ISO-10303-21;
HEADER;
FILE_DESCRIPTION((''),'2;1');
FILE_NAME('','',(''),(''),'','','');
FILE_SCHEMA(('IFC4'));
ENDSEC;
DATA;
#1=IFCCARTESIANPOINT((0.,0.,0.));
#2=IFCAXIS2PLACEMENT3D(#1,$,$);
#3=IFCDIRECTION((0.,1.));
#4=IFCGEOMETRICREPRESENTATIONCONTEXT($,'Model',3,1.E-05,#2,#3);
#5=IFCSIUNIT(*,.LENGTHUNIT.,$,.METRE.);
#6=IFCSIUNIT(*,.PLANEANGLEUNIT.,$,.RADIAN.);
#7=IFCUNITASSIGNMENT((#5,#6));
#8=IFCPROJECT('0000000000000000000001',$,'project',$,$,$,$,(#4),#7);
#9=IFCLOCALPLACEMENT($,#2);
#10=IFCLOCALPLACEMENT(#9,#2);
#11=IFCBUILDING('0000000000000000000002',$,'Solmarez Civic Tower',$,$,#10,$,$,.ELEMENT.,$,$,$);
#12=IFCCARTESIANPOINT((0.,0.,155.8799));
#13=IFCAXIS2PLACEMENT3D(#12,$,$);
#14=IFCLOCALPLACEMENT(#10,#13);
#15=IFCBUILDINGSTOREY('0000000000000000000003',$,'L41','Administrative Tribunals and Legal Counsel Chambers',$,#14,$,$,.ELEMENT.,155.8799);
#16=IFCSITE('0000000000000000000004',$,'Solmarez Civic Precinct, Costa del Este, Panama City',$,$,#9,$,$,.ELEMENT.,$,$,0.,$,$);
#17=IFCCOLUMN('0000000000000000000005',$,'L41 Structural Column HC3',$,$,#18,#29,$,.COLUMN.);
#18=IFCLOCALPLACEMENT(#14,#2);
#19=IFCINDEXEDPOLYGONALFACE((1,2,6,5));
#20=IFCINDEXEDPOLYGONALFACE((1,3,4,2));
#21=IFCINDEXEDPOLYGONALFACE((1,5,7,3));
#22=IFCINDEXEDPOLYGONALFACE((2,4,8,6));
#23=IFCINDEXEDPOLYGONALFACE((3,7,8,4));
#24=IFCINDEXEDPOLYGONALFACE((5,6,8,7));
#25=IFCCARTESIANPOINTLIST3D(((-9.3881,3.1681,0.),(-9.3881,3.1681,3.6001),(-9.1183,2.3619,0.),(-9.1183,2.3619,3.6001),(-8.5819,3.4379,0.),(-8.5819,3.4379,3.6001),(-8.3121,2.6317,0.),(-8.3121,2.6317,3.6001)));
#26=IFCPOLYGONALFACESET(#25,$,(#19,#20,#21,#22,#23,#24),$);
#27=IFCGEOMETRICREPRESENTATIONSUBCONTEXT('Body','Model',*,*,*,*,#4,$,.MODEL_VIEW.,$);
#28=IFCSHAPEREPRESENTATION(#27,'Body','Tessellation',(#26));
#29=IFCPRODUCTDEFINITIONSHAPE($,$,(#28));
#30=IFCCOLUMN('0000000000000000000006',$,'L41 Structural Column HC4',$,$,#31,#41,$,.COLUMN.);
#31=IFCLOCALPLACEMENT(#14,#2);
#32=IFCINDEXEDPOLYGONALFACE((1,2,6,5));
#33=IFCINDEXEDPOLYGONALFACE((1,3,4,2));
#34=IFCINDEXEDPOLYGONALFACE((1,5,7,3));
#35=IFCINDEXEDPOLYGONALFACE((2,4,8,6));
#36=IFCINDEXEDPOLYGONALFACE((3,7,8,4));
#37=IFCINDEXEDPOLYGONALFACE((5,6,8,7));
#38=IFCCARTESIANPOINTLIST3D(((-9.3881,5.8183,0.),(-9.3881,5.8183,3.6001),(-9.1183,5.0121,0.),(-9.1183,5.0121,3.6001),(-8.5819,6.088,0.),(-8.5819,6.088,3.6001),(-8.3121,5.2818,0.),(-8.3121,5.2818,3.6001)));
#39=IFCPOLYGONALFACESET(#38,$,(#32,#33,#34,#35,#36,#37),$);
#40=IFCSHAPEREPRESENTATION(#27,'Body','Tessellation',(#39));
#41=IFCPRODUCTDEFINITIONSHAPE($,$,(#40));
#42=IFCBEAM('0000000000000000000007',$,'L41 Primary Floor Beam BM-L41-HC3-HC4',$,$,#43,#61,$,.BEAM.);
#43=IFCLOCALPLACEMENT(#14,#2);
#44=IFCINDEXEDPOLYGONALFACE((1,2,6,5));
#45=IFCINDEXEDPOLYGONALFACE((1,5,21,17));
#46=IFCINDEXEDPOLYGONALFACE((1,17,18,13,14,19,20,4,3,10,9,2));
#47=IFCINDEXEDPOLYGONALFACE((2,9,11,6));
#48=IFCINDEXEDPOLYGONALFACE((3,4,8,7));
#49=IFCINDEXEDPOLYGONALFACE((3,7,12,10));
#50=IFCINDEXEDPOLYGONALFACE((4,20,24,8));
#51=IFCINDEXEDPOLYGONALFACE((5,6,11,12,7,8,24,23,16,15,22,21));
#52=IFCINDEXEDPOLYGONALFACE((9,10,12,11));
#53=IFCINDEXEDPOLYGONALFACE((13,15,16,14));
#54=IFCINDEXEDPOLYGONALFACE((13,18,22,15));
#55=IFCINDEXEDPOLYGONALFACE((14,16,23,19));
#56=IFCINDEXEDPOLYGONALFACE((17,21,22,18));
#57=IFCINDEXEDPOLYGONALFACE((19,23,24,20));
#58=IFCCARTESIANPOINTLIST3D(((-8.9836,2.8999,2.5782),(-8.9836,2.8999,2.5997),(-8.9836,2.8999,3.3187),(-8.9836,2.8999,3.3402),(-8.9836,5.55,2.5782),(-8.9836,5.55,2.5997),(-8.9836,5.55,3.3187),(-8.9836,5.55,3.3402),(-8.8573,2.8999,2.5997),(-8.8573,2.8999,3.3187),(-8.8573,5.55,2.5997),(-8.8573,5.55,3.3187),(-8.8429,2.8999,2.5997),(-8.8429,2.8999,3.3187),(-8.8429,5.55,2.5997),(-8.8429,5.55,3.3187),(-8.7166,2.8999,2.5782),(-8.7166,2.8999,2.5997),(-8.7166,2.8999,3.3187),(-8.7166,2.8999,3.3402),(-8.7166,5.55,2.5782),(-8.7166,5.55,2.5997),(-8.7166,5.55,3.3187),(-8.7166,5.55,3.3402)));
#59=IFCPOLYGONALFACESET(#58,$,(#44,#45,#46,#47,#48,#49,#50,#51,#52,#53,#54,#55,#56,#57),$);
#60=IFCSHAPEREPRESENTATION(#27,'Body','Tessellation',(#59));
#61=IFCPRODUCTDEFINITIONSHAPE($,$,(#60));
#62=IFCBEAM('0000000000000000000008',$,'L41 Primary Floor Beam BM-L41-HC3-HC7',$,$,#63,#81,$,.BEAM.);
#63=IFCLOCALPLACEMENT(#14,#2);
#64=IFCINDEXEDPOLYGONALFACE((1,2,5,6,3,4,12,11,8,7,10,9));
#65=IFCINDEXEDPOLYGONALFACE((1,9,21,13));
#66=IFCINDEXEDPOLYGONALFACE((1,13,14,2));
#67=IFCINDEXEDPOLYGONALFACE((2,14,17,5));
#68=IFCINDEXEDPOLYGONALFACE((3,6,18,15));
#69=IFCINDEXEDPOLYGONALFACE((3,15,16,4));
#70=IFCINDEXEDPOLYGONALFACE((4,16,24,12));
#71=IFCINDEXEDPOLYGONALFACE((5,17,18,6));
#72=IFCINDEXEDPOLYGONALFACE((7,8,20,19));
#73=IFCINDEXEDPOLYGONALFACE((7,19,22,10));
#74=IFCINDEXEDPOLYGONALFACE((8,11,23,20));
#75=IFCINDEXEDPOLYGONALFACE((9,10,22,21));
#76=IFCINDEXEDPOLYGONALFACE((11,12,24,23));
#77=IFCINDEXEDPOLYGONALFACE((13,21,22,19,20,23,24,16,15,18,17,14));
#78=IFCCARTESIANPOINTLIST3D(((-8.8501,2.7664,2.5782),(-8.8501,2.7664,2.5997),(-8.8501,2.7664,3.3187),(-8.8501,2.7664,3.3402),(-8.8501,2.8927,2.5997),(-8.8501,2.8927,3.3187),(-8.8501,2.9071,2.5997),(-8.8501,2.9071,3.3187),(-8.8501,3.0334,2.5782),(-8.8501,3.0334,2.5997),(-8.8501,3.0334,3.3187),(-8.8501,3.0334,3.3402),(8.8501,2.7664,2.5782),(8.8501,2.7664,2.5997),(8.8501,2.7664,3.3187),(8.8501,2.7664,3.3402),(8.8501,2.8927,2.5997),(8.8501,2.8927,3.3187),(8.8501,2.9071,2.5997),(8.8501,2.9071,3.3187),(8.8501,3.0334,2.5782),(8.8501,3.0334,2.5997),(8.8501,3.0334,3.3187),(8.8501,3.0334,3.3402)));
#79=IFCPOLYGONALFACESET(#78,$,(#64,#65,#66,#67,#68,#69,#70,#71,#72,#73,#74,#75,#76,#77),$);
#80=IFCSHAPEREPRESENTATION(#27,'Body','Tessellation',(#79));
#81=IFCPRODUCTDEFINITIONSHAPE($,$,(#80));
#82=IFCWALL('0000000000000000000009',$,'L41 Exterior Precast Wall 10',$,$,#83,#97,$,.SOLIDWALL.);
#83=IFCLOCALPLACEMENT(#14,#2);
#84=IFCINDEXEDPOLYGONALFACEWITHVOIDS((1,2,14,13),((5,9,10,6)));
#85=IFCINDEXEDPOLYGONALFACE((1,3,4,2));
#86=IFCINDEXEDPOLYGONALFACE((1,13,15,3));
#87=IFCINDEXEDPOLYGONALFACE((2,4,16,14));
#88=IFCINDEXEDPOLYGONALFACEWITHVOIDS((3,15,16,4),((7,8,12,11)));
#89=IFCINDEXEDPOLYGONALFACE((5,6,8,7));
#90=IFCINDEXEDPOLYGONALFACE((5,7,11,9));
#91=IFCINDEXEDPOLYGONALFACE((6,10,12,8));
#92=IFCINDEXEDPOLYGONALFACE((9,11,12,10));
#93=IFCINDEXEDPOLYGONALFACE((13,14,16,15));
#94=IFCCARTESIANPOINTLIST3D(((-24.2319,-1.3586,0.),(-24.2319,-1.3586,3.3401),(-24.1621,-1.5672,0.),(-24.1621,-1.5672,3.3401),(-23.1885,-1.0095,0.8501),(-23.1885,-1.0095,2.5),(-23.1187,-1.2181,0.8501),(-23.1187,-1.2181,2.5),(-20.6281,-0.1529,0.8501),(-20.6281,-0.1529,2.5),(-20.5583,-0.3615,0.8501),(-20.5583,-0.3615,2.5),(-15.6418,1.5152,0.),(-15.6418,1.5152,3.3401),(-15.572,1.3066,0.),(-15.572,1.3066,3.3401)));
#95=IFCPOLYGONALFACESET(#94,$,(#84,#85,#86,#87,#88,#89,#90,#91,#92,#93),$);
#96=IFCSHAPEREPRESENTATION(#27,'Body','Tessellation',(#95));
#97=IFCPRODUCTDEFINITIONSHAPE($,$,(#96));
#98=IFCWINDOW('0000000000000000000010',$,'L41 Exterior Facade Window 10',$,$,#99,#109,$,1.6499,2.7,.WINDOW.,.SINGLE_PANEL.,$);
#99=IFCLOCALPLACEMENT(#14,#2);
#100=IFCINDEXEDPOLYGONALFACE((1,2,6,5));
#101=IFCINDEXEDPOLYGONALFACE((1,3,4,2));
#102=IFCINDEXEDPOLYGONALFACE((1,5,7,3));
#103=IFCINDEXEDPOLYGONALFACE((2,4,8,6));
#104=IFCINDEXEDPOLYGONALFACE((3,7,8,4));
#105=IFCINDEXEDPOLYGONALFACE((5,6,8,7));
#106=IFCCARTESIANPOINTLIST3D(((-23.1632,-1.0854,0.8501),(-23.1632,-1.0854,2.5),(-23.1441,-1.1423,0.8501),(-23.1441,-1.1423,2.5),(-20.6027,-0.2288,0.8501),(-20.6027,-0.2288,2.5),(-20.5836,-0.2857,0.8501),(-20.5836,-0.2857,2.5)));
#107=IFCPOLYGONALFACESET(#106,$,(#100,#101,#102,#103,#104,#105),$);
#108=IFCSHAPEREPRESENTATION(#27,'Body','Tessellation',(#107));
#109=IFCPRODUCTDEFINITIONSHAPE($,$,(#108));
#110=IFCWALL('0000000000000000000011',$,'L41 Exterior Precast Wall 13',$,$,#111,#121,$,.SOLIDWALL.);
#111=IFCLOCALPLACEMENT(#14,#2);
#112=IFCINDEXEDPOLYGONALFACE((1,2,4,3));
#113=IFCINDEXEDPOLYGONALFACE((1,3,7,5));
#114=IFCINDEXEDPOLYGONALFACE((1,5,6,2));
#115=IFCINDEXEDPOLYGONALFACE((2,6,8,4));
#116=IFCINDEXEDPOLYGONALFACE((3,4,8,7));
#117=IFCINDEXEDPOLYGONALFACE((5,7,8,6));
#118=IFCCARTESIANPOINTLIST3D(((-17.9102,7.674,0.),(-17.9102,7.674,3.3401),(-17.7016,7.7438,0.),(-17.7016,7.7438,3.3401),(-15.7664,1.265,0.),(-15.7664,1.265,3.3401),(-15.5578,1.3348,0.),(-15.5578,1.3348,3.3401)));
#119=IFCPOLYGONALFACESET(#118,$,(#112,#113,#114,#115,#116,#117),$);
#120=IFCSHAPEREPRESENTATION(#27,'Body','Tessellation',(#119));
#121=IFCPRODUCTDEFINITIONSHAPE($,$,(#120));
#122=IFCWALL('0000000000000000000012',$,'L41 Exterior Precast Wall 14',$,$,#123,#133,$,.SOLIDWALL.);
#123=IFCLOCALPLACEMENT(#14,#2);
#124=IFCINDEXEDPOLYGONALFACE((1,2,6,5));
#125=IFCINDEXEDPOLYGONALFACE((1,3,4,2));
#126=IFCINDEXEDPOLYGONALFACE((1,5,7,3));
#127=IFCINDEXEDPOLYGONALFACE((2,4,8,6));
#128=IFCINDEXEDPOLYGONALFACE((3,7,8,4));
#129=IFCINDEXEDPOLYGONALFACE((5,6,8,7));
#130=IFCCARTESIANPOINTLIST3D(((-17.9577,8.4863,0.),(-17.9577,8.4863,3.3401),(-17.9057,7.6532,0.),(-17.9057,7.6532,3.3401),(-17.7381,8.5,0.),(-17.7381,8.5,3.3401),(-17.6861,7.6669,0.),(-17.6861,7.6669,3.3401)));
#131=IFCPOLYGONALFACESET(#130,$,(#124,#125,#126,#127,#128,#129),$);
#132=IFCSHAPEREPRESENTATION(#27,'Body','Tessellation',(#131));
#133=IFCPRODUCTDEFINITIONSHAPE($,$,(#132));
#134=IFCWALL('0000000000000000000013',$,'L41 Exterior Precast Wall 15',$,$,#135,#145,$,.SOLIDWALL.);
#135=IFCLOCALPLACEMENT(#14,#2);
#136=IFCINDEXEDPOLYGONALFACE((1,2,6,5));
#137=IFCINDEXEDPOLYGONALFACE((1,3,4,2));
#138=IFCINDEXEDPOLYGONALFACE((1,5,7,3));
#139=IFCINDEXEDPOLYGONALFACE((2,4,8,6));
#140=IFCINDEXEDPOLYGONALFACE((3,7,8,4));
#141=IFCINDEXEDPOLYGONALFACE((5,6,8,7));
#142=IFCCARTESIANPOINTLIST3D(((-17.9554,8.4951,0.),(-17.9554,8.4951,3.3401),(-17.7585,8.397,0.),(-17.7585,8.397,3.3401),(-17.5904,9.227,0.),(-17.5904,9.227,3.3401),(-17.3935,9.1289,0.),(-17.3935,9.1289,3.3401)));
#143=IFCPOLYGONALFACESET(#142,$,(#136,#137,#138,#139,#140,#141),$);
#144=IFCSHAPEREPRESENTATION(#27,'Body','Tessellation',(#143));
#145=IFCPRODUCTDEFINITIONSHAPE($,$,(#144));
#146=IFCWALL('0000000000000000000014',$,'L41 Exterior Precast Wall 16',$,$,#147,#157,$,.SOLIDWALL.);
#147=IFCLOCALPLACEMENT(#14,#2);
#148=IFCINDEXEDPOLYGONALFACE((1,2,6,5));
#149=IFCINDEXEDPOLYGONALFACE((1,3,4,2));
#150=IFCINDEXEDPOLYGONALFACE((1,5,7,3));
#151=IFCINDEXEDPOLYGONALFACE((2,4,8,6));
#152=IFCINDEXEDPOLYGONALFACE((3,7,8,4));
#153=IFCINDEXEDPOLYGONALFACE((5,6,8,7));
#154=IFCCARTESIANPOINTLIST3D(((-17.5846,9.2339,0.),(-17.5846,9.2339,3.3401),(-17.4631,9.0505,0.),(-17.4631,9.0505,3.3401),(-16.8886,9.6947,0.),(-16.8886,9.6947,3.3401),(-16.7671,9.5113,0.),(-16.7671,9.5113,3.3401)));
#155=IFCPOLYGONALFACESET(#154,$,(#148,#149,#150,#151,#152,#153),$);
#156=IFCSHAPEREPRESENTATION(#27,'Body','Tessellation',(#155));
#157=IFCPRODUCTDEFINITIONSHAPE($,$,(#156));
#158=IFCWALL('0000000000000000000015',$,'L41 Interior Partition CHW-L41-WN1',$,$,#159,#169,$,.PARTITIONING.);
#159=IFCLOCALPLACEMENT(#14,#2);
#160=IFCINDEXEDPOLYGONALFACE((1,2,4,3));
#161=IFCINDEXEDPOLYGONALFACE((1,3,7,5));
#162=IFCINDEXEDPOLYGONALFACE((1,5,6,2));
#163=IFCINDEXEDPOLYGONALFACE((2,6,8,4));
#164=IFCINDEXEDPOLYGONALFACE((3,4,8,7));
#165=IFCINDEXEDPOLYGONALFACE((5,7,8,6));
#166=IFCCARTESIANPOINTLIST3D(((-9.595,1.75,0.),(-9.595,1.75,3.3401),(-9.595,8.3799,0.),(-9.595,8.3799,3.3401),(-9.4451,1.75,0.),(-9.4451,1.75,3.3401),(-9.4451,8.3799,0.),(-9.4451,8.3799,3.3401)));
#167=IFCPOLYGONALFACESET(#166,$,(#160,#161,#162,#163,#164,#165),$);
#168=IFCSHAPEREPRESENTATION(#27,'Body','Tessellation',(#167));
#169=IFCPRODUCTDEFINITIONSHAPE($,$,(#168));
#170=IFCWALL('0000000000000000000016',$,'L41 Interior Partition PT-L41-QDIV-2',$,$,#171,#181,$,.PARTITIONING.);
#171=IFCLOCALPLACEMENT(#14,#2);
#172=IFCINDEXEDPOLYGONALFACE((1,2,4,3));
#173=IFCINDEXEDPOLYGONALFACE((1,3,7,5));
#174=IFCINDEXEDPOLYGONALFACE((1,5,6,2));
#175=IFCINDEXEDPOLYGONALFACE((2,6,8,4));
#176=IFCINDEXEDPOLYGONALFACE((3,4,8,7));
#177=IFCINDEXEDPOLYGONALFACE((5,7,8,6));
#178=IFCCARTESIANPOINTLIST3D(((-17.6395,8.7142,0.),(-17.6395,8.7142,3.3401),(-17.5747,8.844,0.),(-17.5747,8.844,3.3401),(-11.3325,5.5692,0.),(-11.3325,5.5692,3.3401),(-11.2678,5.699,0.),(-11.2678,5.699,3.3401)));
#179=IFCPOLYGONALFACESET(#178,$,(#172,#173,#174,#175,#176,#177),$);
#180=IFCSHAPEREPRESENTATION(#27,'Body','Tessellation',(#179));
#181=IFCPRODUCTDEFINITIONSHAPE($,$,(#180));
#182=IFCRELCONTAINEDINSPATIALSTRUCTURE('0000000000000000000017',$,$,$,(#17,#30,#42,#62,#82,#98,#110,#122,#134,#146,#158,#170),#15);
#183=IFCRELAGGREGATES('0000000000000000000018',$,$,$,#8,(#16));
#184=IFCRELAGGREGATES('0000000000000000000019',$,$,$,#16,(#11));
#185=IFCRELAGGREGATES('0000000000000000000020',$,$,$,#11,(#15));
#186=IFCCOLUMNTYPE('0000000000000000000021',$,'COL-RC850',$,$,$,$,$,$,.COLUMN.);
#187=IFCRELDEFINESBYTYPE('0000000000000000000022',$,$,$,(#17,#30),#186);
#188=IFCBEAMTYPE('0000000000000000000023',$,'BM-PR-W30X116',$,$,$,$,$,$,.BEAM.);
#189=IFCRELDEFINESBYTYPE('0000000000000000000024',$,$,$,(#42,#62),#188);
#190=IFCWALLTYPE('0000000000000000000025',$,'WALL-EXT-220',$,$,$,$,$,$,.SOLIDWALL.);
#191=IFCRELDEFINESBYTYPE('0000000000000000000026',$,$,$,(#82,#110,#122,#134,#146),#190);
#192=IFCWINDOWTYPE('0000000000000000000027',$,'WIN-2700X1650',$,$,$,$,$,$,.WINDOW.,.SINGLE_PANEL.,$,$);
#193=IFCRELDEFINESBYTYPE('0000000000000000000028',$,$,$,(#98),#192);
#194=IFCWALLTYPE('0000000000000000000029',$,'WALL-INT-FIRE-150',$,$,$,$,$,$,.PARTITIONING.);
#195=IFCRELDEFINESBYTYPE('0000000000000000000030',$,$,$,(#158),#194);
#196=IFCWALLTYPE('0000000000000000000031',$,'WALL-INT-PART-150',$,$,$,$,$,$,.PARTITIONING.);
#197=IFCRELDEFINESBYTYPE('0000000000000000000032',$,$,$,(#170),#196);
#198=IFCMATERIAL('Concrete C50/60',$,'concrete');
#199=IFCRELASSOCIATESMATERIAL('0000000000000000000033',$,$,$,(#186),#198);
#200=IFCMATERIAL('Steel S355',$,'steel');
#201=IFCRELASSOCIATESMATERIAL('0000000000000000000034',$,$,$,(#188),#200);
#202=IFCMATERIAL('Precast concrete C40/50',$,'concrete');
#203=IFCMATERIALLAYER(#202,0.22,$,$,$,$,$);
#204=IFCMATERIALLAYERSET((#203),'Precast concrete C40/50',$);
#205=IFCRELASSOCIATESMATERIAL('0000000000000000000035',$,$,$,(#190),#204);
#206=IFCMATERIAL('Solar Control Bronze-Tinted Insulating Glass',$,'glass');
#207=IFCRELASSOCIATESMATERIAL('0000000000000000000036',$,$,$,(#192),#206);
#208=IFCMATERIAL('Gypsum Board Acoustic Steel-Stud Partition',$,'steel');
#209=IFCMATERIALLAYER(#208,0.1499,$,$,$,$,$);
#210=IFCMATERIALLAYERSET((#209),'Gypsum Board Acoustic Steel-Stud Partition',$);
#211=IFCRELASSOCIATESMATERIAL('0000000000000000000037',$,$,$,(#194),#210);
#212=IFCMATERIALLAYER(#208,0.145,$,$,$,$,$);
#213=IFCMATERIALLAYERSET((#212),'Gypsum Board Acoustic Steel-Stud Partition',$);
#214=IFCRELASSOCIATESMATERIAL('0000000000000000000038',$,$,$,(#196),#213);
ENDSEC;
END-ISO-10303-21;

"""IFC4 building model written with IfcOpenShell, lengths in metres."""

from ifc_helpers import new_model, si_unit, direction, frame, frame_2d, origin, origin_2d, place, context, subcontext, project, spatial, rectangle, i_section, extrude, material, layer, layer_set, material_profile, profile_set, type_object, element, fill, save


model = new_model("IFC4")

# Units and contexts
model_context = context("Model", 3, precision=1e-05, world=origin(), true_north=direction((0.0, 1.0)))
body_context = subcontext(model_context, "Body", "Model", "MODEL_VIEW")
ifc_project = project(units=[si_unit("LENGTHUNIT", "METRE"), si_unit("PLANEANGLEUNIT", "RADIAN")], contexts=[model_context])

# Site, building, storey
site_placement = place(None, origin())
site = spatial("IfcSite", under=ifc_project, at=site_placement, Name="Solmarez Civic Precinct, Costa del Este, Panama City", CompositionType="ELEMENT", RefElevation=0.0)
building_placement = place(site_placement, origin())
building = spatial("IfcBuilding", under=site, at=building_placement, Name="Solmarez Civic Tower", CompositionType="ELEMENT")
storey_placement = place(building_placement, frame((0.0, 0.0, 155.8799)))
storey = spatial("IfcBuildingStorey", under=building, at=storey_placement, Name="L41", Description="Administrative Tribunals and Legal Counsel Chambers", CompositionType="ELEMENT", Elevation=155.8799)

# Columns
ifc_material_1 = material(Name="Concrete C50/60", Category="concrete")
ifc_material_profile_1 = material_profile(ifc_material_1, rectangle(XDim=0.8501, YDim=0.8501, at=origin_2d()), Name="RC850X850")
ifc_profile_set_1 = profile_set([ifc_material_profile_1], Name="Concrete C50/60")
column_type = type_object("IfcColumnType", Name="COL-RC850", PredefinedType="COLUMN", material=ifc_profile_set_1)
for number, where, z_axis, x_axis, name in (
    (1, (-8.8501, 2.8999, 0.0), (0.0, 0.0, 1.0), (0.948324, 0.317305, 0.0), "L41 Structural Column HC3"),
    (2, (-8.8501, 5.55, 0.0), (0.0, 0.0, 1.0), (0.948324, 0.317305, 0.0), "L41 Structural Column HC4"),
):
    element("IfcColumn", number, at=place(storey_placement, frame(where, z_axis=z_axis, x_axis=x_axis)), inside=storey, type_object=column_type, Name=name, PredefinedType="COLUMN", context=body_context, shape_type="SweptSolid", body=[
        extrude(rectangle(XDim=0.8501, YDim=0.8501, at=origin_2d()), origin(), (0.0, 0.0, 1.0), 3.6001),
    ])

# Beams
ifc_material_2 = material(Name="Steel S355", Category="steel")
ifc_material_profile_2 = material_profile(ifc_material_2, i_section(OverallWidth=0.2671, OverallDepth=0.762, WebThickness=0.0144, FlangeThickness=0.0215, at=origin_2d()), Name="W30X116")
ifc_profile_set_2 = profile_set([ifc_material_profile_2], Name="Steel S355")
beam_type = type_object("IfcBeamType", Name="BM-PR-W30X116", PredefinedType="BEAM", material=ifc_profile_set_2)
beam_1_placement = place(storey_placement, frame((-8.8501, 2.8999, 2.9592), z_axis=(0.0, 1.0, 0.0), x_axis=(-1.0, 0.0, 0.0)))
element("IfcBeam", 3, at=beam_1_placement, inside=storey, type_object=beam_type, Name="L41 Primary Floor Beam BM-L41-HC3-HC4", PredefinedType="BEAM", context=body_context, shape_type="SweptSolid", body=[
    extrude(i_section(OverallWidth=0.2671, OverallDepth=0.762, WebThickness=0.0144, FlangeThickness=0.0215, at=origin_2d()), origin(), (0.0, 0.0, 1.0), 2.6501),
])
beam_2_placement = place(storey_placement, frame((-8.8501, 2.8999, 2.9592), z_axis=(1.0, 0.0, 0.0), x_axis=(0.0, 1.0, 0.0)))
element("IfcBeam", 4, at=beam_2_placement, inside=storey, type_object=beam_type, Name="L41 Primary Floor Beam BM-L41-HC3-HC7", PredefinedType="BEAM", context=body_context, shape_type="SweptSolid", body=[
    extrude(i_section(OverallWidth=0.2671, OverallDepth=0.762, WebThickness=0.0144, FlangeThickness=0.0215, at=origin_2d()), origin(), (0.0, 0.0, 1.0), 17.7002),
])

# Wall, opening, window
ifc_material_3 = material(Name="Precast concrete C40/50", Category="concrete")
ifc_layer_1 = layer(ifc_material_3, 0.22)
ifc_layer_set_1 = layer_set([ifc_layer_1], Name="Precast concrete C40/50")
wall_type_1 = type_object("IfcWallType", Name="WALL-EXT-220", PredefinedType="SOLIDWALL", material=ifc_layer_set_1)
wall_1_placement = place(storey_placement, frame((-24.197, -1.4629, 0.0), z_axis=(0.0, 0.0, 1.0), x_axis=(0.948338, 0.317263, 0.0)))
wall_1 = element("IfcWall", 5, at=wall_1_placement, inside=storey, type_object=wall_type_1, Name="L41 Exterior Precast Wall 10", PredefinedType="SOLIDWALL", context=body_context, shape_type="SweptSolid", body=[
    extrude(rectangle(XDim=9.0581, YDim=0.22, at=frame_2d((4.5291, 0.0))), origin(), (0.0, 0.0, 1.0), 3.3401),
])
opening_1_placement = place(wall_1_placement, frame((1.1001, 0.0, 0.8501)))
opening_1 = element("IfcOpeningElement", 6, at=opening_1_placement, cuts=wall_1, PredefinedType="OPENING", context=body_context, shape_type="SweptSolid", body=[
    extrude(rectangle(XDim=2.7, YDim=1.6499, at=frame_2d((1.3501, 0.825))), frame((0.0, 0.1199, 0.0), z_axis=(0.0, -1.0, 0.0), x_axis=(1.0, 0.0, 0.0)), (0.0, 0.0, 1.0), 0.24),
])
ifc_material_4 = material(Name="Solar Control Bronze-Tinted Insulating Glass", Category="glass")
window_type = type_object("IfcWindowType", Name="WIN-2700X1650", PartitioningType="SINGLE_PANEL", PredefinedType="WINDOW", material=ifc_material_4)
window_placement = place(opening_1_placement, origin())
window = element("IfcWindow", 7, at=window_placement, inside=storey, type_object=window_type, Name="L41 Exterior Facade Window 10", OverallHeight=1.6499, OverallWidth=2.7, PartitioningType="SINGLE_PANEL", PredefinedType="WINDOW", context=body_context, shape_type="SweptSolid", body=[
    extrude(rectangle(XDim=2.7, YDim=1.6499, at=frame_2d((1.3501, 0.825))), frame((0.0, 0.03, 0.0), z_axis=(0.0, -1.0, 0.0), x_axis=(1.0, 0.0, 0.0)), (0.0, 0.0, 1.0), 0.0601),
])
fill(opening_1, window)

# Walls
wall_2_placement = place(storey_placement, frame((-15.6621, 1.3, 0.0), z_axis=(0.0, 0.0, 1.0), x_axis=(-0.317225, 0.94835, 0.0)))
element("IfcWall", 8, at=wall_2_placement, inside=storey, type_object=wall_type_1, Name="L41 Exterior Precast Wall 13", PredefinedType="SOLIDWALL", context=body_context, shape_type="SweptSolid", body=[
    extrude(rectangle(XDim=6.7581, YDim=0.22, at=frame_2d((3.3789, 0.0))), origin(), (0.0, 0.0, 1.0), 3.3401),
])
wall_3_placement = place(storey_placement, frame((-17.7959, 7.6599, 0.0), z_axis=(0.0, 0.0, 1.0), x_axis=(-0.062305, 0.998057, 0.0)))
element("IfcWall", 9, at=wall_3_placement, inside=storey, type_object=wall_type_1, Name="L41 Exterior Precast Wall 14", PredefinedType="SOLIDWALL", context=body_context, shape_type="SweptSolid", body=[
    extrude(rectangle(XDim=0.8347, YDim=0.22, at=frame_2d((0.4175, 0.0))), origin(), (0.0, 0.0, 1.0), 3.3401),
])
wall_4_placement = place(storey_placement, frame((-17.8569, 8.446, 0.0), z_axis=(0.0, 0.0, 1.0), x_axis=(0.446258, 0.894904, 0.0)))
element("IfcWall", 10, at=wall_4_placement, inside=storey, type_object=wall_type_1, Name="L41 Exterior Precast Wall 15", PredefinedType="SOLIDWALL", context=body_context, shape_type="SweptSolid", body=[
    extrude(rectangle(XDim=0.8179, YDim=0.22, at=frame_2d((0.4089, 0.0))), origin(), (0.0, 0.0, 1.0), 3.3401),
])
wall_5_placement = place(storey_placement, frame((-17.5239, 9.1421, 0.0), z_axis=(0.0, 0.0, 1.0), x_axis=(0.833756, 0.552133, 0.0)))
element("IfcWall", 11, at=wall_5_placement, inside=storey, type_object=wall_type_1, Name="L41 Exterior Precast Wall 16", PredefinedType="SOLIDWALL", context=body_context, shape_type="SweptSolid", body=[
    extrude(rectangle(XDim=0.8347, YDim=0.22, at=frame_2d((0.4175, 0.0))), origin(), (0.0, 0.0, 1.0), 3.3401),
])
ifc_material_5 = material(Name="Gypsum Board Acoustic Steel-Stud Partition", Category="steel")
ifc_layer_2 = layer(ifc_material_5, 0.1499)
ifc_layer_set_2 = layer_set([ifc_layer_2], Name="Gypsum Board Acoustic Steel-Stud Partition")
wall_type_2 = type_object("IfcWallType", Name="WALL-INT-FIRE-150", PredefinedType="PARTITIONING", material=ifc_layer_set_2)
wall_6_placement = place(storey_placement, frame((-9.52, 1.75, 0.0), z_axis=(0.0, 0.0, 1.0), x_axis=(0.0, 1.0, 0.0)))
element("IfcWall", 12, at=wall_6_placement, inside=storey, type_object=wall_type_2, Name="L41 Interior Partition CHW-L41-WN1", PredefinedType="PARTITIONING", context=body_context, shape_type="SweptSolid", body=[
    extrude(rectangle(XDim=6.6299, YDim=0.1499, at=frame_2d((3.3149, 0.0))), origin(), (0.0, 0.0, 1.0), 3.3401),
])
ifc_layer_3 = layer(ifc_material_5, 0.145)
ifc_layer_set_3 = layer_set([ifc_layer_3], Name="Gypsum Board Acoustic Steel-Stud Partition")
wall_type_3 = type_object("IfcWallType", Name="WALL-INT-PART-150", PredefinedType="PARTITIONING", material=ifc_layer_set_3)
wall_7_placement = place(storey_placement, frame((-11.3, 5.634, 0.0), z_axis=(0.0, 0.0, 1.0), x_axis=(-0.894905, 0.446257, 0.0)))
element("IfcWall", 13, at=wall_7_placement, inside=storey, type_object=wall_type_3, Name="L41 Interior Partition PT-L41-QDIV-2", PredefinedType="PARTITIONING", context=body_context, shape_type="SweptSolid", body=[
    extrude(rectangle(XDim=7.0476, YDim=0.145, at=frame_2d((3.5239, 0.0))), origin(), (0.0, 0.0, 1.0), 3.3401),
])

save(model, "model.ifc")
